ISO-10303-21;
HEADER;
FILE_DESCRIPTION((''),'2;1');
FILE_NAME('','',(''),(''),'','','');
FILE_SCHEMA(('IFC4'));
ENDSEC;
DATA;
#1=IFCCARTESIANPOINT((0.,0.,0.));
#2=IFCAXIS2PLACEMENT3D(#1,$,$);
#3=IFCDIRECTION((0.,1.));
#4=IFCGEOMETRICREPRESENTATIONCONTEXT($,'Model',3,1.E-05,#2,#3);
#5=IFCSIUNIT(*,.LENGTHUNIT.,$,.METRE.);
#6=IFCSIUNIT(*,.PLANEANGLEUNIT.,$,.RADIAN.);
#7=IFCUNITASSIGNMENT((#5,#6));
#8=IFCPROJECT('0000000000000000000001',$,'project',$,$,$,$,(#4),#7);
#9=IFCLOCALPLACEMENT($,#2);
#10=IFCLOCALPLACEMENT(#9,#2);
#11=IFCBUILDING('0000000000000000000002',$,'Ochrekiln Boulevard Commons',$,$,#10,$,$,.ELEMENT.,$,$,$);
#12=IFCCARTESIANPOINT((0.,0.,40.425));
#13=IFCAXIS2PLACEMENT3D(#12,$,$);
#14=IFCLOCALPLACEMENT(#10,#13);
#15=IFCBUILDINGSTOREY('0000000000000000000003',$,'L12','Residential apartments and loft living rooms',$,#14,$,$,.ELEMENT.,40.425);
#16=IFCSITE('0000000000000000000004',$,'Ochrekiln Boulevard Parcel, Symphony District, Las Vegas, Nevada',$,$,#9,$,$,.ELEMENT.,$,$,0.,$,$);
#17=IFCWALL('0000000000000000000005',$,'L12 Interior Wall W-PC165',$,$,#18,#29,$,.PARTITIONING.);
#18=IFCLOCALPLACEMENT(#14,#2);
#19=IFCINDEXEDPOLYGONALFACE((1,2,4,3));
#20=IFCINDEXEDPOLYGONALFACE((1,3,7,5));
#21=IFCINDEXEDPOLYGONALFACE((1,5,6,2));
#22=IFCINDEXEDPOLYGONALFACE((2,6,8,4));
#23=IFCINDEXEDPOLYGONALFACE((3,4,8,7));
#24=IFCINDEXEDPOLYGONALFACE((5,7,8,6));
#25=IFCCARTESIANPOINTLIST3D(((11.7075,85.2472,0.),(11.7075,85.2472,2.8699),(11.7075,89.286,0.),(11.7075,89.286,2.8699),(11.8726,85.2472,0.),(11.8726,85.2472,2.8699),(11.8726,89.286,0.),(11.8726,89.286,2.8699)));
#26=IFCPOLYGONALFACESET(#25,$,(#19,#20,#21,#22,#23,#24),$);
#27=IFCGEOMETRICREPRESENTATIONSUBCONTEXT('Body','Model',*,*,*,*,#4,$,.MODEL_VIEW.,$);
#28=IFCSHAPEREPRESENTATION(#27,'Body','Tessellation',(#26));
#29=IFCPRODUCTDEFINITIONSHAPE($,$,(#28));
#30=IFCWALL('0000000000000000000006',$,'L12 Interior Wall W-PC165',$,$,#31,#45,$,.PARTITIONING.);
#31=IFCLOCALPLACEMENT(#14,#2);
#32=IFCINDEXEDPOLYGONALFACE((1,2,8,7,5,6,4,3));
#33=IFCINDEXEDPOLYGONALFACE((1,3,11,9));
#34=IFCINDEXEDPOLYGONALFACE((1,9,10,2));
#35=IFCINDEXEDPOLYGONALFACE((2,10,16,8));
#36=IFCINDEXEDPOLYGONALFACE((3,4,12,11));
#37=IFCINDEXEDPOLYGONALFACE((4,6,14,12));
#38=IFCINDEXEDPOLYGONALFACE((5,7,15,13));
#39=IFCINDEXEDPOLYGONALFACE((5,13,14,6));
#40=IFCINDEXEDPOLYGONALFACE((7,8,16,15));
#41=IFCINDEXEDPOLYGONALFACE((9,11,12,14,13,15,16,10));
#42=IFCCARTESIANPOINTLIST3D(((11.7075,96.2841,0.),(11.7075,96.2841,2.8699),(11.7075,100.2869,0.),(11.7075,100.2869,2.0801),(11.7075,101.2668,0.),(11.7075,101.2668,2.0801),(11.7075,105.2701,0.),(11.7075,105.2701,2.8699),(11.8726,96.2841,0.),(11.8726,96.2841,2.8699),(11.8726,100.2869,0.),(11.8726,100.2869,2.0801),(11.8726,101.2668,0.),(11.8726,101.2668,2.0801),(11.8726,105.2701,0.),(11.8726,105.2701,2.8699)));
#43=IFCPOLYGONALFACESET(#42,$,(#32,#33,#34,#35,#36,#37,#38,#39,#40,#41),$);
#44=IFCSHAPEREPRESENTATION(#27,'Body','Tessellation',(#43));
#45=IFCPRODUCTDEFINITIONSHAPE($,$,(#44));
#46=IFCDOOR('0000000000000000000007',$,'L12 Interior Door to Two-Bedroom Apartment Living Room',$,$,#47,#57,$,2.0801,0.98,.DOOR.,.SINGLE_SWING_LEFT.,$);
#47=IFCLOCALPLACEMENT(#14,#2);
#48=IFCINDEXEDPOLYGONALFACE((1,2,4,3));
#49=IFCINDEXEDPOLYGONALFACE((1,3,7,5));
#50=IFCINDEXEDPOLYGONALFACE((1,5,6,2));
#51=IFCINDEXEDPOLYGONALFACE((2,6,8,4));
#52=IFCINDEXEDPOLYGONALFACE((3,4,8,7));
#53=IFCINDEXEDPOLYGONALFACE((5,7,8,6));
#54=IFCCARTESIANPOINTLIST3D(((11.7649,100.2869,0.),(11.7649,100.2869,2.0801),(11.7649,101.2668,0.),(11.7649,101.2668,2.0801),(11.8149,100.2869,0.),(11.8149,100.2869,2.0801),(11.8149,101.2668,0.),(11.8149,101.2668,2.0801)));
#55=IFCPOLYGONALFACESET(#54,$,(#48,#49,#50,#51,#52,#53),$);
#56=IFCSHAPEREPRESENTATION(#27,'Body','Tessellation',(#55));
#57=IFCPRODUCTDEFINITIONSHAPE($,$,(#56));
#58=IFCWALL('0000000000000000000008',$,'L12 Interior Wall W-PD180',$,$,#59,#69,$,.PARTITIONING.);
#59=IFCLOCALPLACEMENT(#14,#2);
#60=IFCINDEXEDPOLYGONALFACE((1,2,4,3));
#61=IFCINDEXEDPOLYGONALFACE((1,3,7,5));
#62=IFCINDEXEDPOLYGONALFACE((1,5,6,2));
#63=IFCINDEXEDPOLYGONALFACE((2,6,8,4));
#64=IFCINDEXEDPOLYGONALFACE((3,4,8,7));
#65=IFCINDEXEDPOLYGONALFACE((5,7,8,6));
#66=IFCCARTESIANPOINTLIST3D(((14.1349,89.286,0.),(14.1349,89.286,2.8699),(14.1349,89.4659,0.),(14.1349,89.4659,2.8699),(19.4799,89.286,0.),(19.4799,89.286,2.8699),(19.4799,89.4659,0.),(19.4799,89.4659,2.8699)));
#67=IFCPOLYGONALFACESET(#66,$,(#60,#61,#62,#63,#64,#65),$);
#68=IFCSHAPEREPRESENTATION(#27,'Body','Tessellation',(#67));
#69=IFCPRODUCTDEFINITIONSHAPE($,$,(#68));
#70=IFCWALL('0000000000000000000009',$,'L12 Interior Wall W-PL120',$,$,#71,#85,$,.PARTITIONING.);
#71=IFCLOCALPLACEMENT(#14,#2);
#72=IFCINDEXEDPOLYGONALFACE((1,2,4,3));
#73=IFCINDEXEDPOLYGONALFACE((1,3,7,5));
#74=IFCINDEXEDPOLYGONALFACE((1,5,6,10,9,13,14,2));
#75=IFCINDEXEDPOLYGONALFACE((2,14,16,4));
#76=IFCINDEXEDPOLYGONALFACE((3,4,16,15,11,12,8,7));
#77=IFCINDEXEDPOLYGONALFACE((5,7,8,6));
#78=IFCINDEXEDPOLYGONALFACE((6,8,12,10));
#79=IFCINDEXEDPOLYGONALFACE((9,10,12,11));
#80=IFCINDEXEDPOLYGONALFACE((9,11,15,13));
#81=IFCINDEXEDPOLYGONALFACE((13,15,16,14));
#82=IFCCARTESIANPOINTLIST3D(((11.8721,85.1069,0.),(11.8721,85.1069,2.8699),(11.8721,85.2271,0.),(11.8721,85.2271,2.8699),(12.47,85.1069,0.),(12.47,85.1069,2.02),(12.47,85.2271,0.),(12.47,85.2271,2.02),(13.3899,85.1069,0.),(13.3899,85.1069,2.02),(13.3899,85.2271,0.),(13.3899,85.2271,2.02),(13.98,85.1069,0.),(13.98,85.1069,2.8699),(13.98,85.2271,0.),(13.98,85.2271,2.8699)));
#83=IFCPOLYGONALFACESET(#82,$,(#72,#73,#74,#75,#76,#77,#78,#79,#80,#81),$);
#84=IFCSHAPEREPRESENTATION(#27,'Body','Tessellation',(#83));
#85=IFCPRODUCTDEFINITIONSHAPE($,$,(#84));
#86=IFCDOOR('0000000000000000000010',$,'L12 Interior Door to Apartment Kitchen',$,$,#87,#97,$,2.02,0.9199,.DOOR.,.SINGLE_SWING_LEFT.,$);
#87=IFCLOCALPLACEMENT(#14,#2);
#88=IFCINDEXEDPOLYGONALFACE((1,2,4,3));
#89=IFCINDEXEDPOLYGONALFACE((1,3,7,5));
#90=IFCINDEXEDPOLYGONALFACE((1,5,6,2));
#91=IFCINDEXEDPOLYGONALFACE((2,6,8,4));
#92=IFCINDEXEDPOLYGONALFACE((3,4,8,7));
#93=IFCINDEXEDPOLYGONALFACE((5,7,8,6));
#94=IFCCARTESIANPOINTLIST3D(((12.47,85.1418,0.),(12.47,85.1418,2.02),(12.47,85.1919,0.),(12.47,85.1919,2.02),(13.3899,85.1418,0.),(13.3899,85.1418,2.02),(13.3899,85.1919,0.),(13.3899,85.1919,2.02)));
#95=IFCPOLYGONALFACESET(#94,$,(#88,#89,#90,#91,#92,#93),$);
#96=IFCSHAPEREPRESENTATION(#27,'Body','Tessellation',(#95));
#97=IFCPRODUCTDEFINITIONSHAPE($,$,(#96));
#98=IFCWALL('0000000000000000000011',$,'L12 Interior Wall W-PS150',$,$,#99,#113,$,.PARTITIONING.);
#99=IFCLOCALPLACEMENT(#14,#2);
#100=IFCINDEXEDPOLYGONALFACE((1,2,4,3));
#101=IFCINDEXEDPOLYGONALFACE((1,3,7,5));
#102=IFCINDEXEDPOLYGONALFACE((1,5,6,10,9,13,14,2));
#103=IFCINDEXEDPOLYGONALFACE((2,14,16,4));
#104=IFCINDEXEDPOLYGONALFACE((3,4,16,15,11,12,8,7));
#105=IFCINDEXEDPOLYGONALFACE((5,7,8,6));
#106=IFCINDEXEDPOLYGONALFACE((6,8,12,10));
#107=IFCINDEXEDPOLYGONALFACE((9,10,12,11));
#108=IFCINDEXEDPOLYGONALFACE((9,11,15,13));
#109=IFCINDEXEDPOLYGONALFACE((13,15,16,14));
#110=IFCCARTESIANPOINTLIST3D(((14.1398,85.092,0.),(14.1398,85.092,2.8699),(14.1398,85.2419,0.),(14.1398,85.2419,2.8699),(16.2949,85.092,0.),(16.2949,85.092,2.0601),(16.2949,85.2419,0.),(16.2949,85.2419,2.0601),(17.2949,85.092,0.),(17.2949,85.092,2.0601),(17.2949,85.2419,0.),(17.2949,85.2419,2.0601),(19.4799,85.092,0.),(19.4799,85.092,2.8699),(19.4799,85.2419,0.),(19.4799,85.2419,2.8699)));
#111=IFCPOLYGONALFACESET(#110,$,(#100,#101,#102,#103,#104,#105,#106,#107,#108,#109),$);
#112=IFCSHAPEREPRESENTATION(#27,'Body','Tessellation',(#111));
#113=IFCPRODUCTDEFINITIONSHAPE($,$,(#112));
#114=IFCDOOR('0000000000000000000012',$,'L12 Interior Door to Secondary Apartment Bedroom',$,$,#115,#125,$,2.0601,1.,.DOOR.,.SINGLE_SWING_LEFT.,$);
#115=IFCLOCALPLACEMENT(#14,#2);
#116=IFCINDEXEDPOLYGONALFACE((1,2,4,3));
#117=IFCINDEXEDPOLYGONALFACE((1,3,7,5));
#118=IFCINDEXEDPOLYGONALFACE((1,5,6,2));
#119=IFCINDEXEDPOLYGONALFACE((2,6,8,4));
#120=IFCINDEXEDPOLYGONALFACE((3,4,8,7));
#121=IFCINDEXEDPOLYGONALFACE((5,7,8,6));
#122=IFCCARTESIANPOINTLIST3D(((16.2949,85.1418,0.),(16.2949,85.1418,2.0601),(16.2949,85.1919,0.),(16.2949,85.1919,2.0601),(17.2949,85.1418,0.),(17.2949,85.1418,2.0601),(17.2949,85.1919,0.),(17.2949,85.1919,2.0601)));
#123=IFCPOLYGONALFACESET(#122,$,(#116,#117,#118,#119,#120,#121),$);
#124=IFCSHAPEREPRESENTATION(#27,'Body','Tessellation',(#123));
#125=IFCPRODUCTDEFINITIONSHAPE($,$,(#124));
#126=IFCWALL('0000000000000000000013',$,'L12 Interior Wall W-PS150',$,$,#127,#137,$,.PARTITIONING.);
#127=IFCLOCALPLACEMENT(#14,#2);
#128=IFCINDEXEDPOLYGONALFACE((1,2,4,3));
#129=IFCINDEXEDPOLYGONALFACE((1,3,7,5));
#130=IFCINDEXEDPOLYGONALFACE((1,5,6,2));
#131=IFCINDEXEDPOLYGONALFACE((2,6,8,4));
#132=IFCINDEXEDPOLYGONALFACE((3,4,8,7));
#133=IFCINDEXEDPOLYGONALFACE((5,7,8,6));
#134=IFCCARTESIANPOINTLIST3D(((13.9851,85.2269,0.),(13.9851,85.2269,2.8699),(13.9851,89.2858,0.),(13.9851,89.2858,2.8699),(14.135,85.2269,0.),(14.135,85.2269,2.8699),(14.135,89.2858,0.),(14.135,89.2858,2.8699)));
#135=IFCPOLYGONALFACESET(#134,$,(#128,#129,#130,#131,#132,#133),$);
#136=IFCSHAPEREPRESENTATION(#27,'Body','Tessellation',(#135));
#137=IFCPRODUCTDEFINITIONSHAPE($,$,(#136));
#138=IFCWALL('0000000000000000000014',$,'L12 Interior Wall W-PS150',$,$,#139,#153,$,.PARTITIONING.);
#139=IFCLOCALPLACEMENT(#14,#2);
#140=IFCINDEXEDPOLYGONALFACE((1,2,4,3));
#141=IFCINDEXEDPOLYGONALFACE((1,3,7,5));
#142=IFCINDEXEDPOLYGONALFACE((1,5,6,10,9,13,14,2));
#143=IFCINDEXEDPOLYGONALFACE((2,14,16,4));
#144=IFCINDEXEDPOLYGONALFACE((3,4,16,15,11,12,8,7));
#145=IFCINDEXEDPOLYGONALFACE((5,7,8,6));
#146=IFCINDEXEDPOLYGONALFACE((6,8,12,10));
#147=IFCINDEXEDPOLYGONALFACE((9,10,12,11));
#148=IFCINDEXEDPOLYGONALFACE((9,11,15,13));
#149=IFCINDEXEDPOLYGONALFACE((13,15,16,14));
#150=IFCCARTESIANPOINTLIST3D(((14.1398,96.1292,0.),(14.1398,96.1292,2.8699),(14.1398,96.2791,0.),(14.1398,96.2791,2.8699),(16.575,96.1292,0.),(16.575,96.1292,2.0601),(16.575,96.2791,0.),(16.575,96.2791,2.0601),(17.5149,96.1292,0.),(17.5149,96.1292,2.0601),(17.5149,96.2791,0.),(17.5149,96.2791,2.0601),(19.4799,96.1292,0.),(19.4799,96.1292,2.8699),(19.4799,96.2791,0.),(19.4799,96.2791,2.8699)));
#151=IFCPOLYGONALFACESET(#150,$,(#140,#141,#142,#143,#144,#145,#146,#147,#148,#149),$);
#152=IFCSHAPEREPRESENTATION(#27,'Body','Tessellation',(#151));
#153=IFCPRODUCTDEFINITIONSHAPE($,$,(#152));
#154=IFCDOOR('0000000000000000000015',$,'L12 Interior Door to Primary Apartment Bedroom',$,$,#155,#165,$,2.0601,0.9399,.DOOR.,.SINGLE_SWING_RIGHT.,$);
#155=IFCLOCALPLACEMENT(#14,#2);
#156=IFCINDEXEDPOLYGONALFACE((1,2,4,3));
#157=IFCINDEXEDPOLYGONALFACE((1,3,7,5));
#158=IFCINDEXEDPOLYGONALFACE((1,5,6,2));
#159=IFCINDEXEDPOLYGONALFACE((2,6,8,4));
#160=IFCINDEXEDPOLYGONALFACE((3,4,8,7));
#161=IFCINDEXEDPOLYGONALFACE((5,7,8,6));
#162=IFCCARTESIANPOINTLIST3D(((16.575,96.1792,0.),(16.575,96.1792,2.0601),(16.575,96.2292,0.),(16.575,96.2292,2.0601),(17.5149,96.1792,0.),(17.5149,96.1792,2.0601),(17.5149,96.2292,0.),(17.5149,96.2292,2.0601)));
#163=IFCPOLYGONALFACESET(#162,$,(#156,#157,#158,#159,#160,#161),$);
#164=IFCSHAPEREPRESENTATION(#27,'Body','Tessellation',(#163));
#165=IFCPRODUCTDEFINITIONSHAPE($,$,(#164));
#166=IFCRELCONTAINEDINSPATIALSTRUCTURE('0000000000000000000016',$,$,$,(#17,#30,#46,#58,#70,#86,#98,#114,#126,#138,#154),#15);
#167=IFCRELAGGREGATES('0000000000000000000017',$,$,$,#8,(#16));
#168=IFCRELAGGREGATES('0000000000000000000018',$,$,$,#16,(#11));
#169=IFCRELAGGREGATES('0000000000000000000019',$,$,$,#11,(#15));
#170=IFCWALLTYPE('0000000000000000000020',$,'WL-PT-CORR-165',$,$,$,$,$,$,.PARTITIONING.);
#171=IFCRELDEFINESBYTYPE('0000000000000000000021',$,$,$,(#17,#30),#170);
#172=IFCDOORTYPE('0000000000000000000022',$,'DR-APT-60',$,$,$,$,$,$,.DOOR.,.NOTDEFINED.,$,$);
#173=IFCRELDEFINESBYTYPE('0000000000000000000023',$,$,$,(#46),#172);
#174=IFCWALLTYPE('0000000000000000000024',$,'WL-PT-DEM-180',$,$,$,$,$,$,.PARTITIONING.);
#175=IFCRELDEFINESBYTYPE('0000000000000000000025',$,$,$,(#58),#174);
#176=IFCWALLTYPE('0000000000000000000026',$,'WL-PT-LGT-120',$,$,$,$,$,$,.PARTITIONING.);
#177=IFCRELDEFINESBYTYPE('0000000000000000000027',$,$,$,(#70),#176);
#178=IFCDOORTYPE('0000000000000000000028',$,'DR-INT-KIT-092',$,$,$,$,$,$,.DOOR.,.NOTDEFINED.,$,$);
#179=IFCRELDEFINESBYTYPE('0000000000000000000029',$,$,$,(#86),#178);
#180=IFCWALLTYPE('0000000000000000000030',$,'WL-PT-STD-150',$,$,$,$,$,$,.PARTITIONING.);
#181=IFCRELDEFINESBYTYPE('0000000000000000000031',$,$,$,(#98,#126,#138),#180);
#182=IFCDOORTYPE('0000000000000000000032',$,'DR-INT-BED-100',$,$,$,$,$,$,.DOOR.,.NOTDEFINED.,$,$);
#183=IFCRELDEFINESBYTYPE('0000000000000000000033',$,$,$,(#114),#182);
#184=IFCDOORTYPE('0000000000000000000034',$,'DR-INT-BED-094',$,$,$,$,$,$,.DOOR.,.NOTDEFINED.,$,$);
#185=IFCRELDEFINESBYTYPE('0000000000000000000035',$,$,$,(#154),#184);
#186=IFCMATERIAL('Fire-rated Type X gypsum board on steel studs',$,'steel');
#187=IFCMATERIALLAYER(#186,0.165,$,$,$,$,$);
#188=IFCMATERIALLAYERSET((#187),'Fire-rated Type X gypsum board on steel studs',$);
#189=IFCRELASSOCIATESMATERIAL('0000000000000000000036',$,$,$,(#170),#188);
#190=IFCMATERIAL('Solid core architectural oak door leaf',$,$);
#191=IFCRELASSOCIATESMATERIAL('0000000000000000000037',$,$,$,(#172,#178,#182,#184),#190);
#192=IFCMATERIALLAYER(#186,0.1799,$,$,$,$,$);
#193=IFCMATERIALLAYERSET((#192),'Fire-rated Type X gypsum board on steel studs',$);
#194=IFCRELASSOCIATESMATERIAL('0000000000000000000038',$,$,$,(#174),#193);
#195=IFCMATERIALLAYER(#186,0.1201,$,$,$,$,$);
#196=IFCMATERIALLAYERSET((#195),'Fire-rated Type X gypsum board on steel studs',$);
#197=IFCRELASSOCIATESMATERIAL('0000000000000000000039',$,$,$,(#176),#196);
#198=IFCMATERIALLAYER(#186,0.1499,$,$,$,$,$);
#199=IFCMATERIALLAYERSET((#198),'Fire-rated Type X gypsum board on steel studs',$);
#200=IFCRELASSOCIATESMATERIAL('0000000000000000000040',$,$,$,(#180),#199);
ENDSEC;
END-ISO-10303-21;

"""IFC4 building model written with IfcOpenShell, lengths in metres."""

from ifc_helpers import new_model, si_unit, direction, frame, frame_2d, origin, place, context, subcontext, project, spatial, rectangle, extrude, material, layer, layer_set, type_object, element, fill, save


model = new_model("IFC4")

# Units and contexts
model_context = context("Model", 3, precision=1e-05, world=origin(), true_north=direction((0.0, 1.0)))
body_context = subcontext(model_context, "Body", "Model", "MODEL_VIEW")
ifc_project = project(units=[si_unit("LENGTHUNIT", "METRE"), si_unit("PLANEANGLEUNIT", "RADIAN")], contexts=[model_context])

# Site, building, storey
site_placement = place(None, origin())
site = spatial("IfcSite", under=ifc_project, at=site_placement, Name="Ochrekiln Boulevard Parcel, Symphony District, Las Vegas, Nevada", CompositionType="ELEMENT", RefElevation=0.0)
building_placement = place(site_placement, origin())
building = spatial("IfcBuilding", under=site, at=building_placement, Name="Ochrekiln Boulevard Commons", CompositionType="ELEMENT")
storey_placement = place(building_placement, frame((0.0, 0.0, 40.425)))
storey = spatial("IfcBuildingStorey", under=building, at=storey_placement, Name="L12", Description="Residential apartments and loft living rooms", CompositionType="ELEMENT", Elevation=40.425)

# Shared definitions
ifc_material_1 = material(Name="Solid core architectural oak door leaf")

# Shared definitions
ifc_material_2 = material(Name="Fire-rated Type X gypsum board on steel studs", Category="steel")
ifc_layer_1 = layer(ifc_material_2, 0.165)
ifc_layer_set_1 = layer_set([ifc_layer_1], Name="Fire-rated Type X gypsum board on steel studs")
wall_type_1 = type_object("IfcWallType", Name="WL-PT-CORR-165", PredefinedType="PARTITIONING", material=ifc_layer_set_1)
door_type_1 = type_object("IfcDoorType", Name="DR-APT-60", OperationType="NOTDEFINED", PredefinedType="DOOR", material=ifc_material_1)

# Wall
wall_1_placement = place(storey_placement, frame((11.79, 85.2471, 0.0), z_axis=(0.0, 0.0, 1.0), x_axis=(0.0, 1.0, 0.0)))
element("IfcWall", 1, at=wall_1_placement, inside=storey, type_object=wall_type_1, Name="L12 Interior Wall W-PC165", PredefinedType="PARTITIONING", context=body_context, shape_type="SweptSolid", body=[
    extrude(rectangle(XDim=4.0388, YDim=0.165, at=frame_2d((2.0195, 0.0))), origin(), (0.0, 0.0, 1.0), 2.8699),
])

# Wall, opening, door
wall_2_placement = place(storey_placement, frame((11.79, 96.2839, 0.0), z_axis=(0.0, 0.0, 1.0), x_axis=(0.0, 1.0, 0.0)))
wall_2 = element("IfcWall", 2, at=wall_2_placement, inside=storey, type_object=wall_type_1, Name="L12 Interior Wall W-PC165", PredefinedType="PARTITIONING", context=body_context, shape_type="SweptSolid", body=[
    extrude(rectangle(XDim=8.9861, YDim=0.165, at=frame_2d((4.4932, 0.0))), origin(), (0.0, 0.0, 1.0), 2.8699),
])
opening_1_placement = place(wall_2_placement, frame((4.0029, 0.0, 0.0)))
opening_1 = element("IfcOpeningElement", 3, at=opening_1_placement, cuts=wall_2, PredefinedType="OPENING", context=body_context, shape_type="SweptSolid", body=[
    extrude(rectangle(XDim=0.98, YDim=2.0801, at=frame_2d((0.49, 1.04))), frame((0.0, 0.0925, 0.0), z_axis=(0.0, -1.0, 0.0), x_axis=(1.0, 0.0, 0.0)), (0.0, 0.0, 1.0), 0.1851),
])
door_1_placement = place(opening_1_placement, frame((0.98, 0.0, 0.0), z_axis=(0.0, 0.0, 1.0), x_axis=(-1.0, 0.0, 0.0)))
door_1 = element("IfcDoor", 4, at=door_1_placement, inside=storey, type_object=door_type_1, Name="L12 Interior Door to Two-Bedroom Apartment Living Room", OperationType="SINGLE_SWING_LEFT", OverallHeight=2.0801, OverallWidth=0.98, PredefinedType="DOOR", context=body_context, shape_type="SweptSolid", body=[
    extrude(rectangle(XDim=0.98, YDim=2.0801, at=frame_2d((0.49, 1.04))), frame((0.0, 0.0249, 0.0), z_axis=(0.0, -1.0, 0.0), x_axis=(1.0, 0.0, 0.0)), (0.0, 0.0, 1.0), 0.05),
])
fill(opening_1, door_1)

# Wall
ifc_layer_2 = layer(ifc_material_2, 0.1799)
ifc_layer_set_2 = layer_set([ifc_layer_2], Name="Fire-rated Type X gypsum board on steel studs")
wall_type_2 = type_object("IfcWallType", Name="WL-PT-DEM-180", PredefinedType="PARTITIONING", material=ifc_layer_set_2)
wall_3_placement = place(storey_placement, frame((14.135, 89.376, 0.0), z_axis=(0.0, 0.0, 1.0), x_axis=(1.0, 0.0, 0.0)))
element("IfcWall", 5, at=wall_3_placement, inside=storey, type_object=wall_type_2, Name="L12 Interior Wall W-PD180", PredefinedType="PARTITIONING", context=body_context, shape_type="SweptSolid", body=[
    extrude(rectangle(XDim=5.345, YDim=0.1799, at=frame_2d((2.6724, 0.0))), origin(), (0.0, 0.0, 1.0), 2.8699),
])

# Walls, openings, doors
ifc_layer_3 = layer(ifc_material_2, 0.1201)
ifc_layer_set_3 = layer_set([ifc_layer_3], Name="Fire-rated Type X gypsum board on steel studs")
wall_type_3 = type_object("IfcWallType", Name="WL-PT-LGT-120", PredefinedType="PARTITIONING", material=ifc_layer_set_3)
wall_4_placement = place(storey_placement, frame((11.8721, 85.167, 0.0), z_axis=(0.0, 0.0, 1.0), x_axis=(1.0, 0.0, 0.0)))
wall_4 = element("IfcWall", 6, at=wall_4_placement, inside=storey, type_object=wall_type_3, Name="L12 Interior Wall W-PL120", PredefinedType="PARTITIONING", context=body_context, shape_type="SweptSolid", body=[
    extrude(rectangle(XDim=2.1079, YDim=0.1201, at=frame_2d((1.054, 0.0))), origin(), (0.0, 0.0, 1.0), 2.8699),
])
opening_2_placement = place(wall_4_placement, frame((0.5979, 0.0, 0.0)))
opening_2 = element("IfcOpeningElement", 7, at=opening_2_placement, cuts=wall_4, PredefinedType="OPENING", context=body_context, shape_type="SweptSolid", body=[
    extrude(rectangle(XDim=0.9199, YDim=2.02, at=frame_2d((0.46, 1.01))), frame((0.0, 0.0701, 0.0), z_axis=(0.0, -1.0, 0.0), x_axis=(1.0, 0.0, 0.0)), (0.0, 0.0, 1.0), 0.1401),
])
door_type_2 = type_object("IfcDoorType", Name="DR-INT-KIT-092", OperationType="NOTDEFINED", PredefinedType="DOOR", material=ifc_material_1)
door_2_placement = place(opening_2_placement, origin())
door_2 = element("IfcDoor", 8, at=door_2_placement, inside=storey, type_object=door_type_2, Name="L12 Interior Door to Apartment Kitchen", OperationType="SINGLE_SWING_LEFT", OverallHeight=2.02, OverallWidth=0.9199, PredefinedType="DOOR", context=body_context, shape_type="SweptSolid", body=[
    extrude(rectangle(XDim=0.9199, YDim=2.02, at=frame_2d((0.46, 1.01))), frame((0.0, 0.0249, 0.0), z_axis=(0.0, -1.0, 0.0), x_axis=(1.0, 0.0, 0.0)), (0.0, 0.0, 1.0), 0.05),
])
fill(opening_2, door_2)
ifc_layer_4 = layer(ifc_material_2, 0.1499)
ifc_layer_set_4 = layer_set([ifc_layer_4], Name="Fire-rated Type X gypsum board on steel studs")
wall_type_4 = type_object("IfcWallType", Name="WL-PT-STD-150", PredefinedType="PARTITIONING", material=ifc_layer_set_4)
wall_5_placement = place(storey_placement, frame((14.1399, 85.167, 0.0), z_axis=(0.0, 0.0, 1.0), x_axis=(1.0, 0.0, 0.0)))
wall_5 = element("IfcWall", 9, at=wall_5_placement, inside=storey, type_object=wall_type_4, Name="L12 Interior Wall W-PS150", PredefinedType="PARTITIONING", context=body_context, shape_type="SweptSolid", body=[
    extrude(rectangle(XDim=5.3401, YDim=0.1499, at=frame_2d((2.6699, 0.0))), origin(), (0.0, 0.0, 1.0), 2.8699),
])
opening_3_placement = place(wall_5_placement, frame((2.155, 0.0, 0.0)))
opening_3 = element("IfcOpeningElement", 10, at=opening_3_placement, cuts=wall_5, PredefinedType="OPENING", context=body_context, shape_type="SweptSolid", body=[
    extrude(rectangle(XDim=1.0, YDim=2.0601, at=frame_2d((0.5, 1.03))), frame((0.0, 0.085, 0.0), z_axis=(0.0, -1.0, 0.0), x_axis=(1.0, 0.0, 0.0)), (0.0, 0.0, 1.0), 0.1699),
])
door_type_3 = type_object("IfcDoorType", Name="DR-INT-BED-100", OperationType="NOTDEFINED", PredefinedType="DOOR", material=ifc_material_1)
door_3_placement = place(opening_3_placement, origin())
door_3 = element("IfcDoor", 11, at=door_3_placement, inside=storey, type_object=door_type_3, Name="L12 Interior Door to Secondary Apartment Bedroom", OperationType="SINGLE_SWING_LEFT", OverallHeight=2.0601, OverallWidth=1.0, PredefinedType="DOOR", context=body_context, shape_type="SweptSolid", body=[
    extrude(rectangle(XDim=1.0, YDim=2.0601, at=frame_2d((0.5, 1.03))), frame((0.0, 0.0249, 0.0), z_axis=(0.0, -1.0, 0.0), x_axis=(1.0, 0.0, 0.0)), (0.0, 0.0, 1.0), 0.05),
])
fill(opening_3, door_3)

# Wall
wall_6_placement = place(storey_placement, frame((14.0601, 85.2271, 0.0), z_axis=(0.0, 0.0, 1.0), x_axis=(0.0, 1.0, 0.0)))
element("IfcWall", 12, at=wall_6_placement, inside=storey, type_object=wall_type_4, Name="L12 Interior Wall W-PS150", PredefinedType="PARTITIONING", context=body_context, shape_type="SweptSolid", body=[
    extrude(rectangle(XDim=4.0588, YDim=0.1499, at=frame_2d((2.0293, 0.0))), origin(), (0.0, 0.0, 1.0), 2.8699),
])

# Wall, opening, door
wall_7_placement = place(storey_placement, frame((14.1399, 96.2041, 0.0), z_axis=(0.0, 0.0, 1.0), x_axis=(1.0, 0.0, 0.0)))
wall_7 = element("IfcWall", 13, at=wall_7_placement, inside=storey, type_object=wall_type_4, Name="L12 Interior Wall W-PS150", PredefinedType="PARTITIONING", context=body_context, shape_type="SweptSolid", body=[
    extrude(rectangle(XDim=5.3401, YDim=0.1499, at=frame_2d((2.6699, 0.0))), origin(), (0.0, 0.0, 1.0), 2.8699),
])
opening_4_placement = place(wall_7_placement, frame((2.4351, 0.0, 0.0)))
opening_4 = element("IfcOpeningElement", 14, at=opening_4_placement, cuts=wall_7, PredefinedType="OPENING", context=body_context, shape_type="SweptSolid", body=[
    extrude(rectangle(XDim=0.9399, YDim=2.0601, at=frame_2d((0.47, 1.03))), frame((0.0, 0.085, 0.0), z_axis=(0.0, -1.0, 0.0), x_axis=(1.0, 0.0, 0.0)), (0.0, 0.0, 1.0), 0.1699),
])
door_type_4 = type_object("IfcDoorType", Name="DR-INT-BED-094", OperationType="NOTDEFINED", PredefinedType="DOOR", material=ifc_material_1)
door_4_placement = place(opening_4_placement, frame((0.9399, 0.0, 0.0), z_axis=(0.0, 0.0, 1.0), x_axis=(-1.0, 0.0, 0.0)))
door_4 = element("IfcDoor", 15, at=door_4_placement, inside=storey, type_object=door_type_4, Name="L12 Interior Door to Primary Apartment Bedroom", OperationType="SINGLE_SWING_RIGHT", OverallHeight=2.0601, OverallWidth=0.9399, PredefinedType="DOOR", context=body_context, shape_type="SweptSolid", body=[
    extrude(rectangle(XDim=0.9399, YDim=2.0601, at=frame_2d((0.47, 1.03))), frame((0.0, 0.0249, 0.0), z_axis=(0.0, -1.0, 0.0), x_axis=(1.0, 0.0, 0.0)), (0.0, 0.0, 1.0), 0.05),
])
fill(opening_4, door_4)

save(model, "model.ifc")
